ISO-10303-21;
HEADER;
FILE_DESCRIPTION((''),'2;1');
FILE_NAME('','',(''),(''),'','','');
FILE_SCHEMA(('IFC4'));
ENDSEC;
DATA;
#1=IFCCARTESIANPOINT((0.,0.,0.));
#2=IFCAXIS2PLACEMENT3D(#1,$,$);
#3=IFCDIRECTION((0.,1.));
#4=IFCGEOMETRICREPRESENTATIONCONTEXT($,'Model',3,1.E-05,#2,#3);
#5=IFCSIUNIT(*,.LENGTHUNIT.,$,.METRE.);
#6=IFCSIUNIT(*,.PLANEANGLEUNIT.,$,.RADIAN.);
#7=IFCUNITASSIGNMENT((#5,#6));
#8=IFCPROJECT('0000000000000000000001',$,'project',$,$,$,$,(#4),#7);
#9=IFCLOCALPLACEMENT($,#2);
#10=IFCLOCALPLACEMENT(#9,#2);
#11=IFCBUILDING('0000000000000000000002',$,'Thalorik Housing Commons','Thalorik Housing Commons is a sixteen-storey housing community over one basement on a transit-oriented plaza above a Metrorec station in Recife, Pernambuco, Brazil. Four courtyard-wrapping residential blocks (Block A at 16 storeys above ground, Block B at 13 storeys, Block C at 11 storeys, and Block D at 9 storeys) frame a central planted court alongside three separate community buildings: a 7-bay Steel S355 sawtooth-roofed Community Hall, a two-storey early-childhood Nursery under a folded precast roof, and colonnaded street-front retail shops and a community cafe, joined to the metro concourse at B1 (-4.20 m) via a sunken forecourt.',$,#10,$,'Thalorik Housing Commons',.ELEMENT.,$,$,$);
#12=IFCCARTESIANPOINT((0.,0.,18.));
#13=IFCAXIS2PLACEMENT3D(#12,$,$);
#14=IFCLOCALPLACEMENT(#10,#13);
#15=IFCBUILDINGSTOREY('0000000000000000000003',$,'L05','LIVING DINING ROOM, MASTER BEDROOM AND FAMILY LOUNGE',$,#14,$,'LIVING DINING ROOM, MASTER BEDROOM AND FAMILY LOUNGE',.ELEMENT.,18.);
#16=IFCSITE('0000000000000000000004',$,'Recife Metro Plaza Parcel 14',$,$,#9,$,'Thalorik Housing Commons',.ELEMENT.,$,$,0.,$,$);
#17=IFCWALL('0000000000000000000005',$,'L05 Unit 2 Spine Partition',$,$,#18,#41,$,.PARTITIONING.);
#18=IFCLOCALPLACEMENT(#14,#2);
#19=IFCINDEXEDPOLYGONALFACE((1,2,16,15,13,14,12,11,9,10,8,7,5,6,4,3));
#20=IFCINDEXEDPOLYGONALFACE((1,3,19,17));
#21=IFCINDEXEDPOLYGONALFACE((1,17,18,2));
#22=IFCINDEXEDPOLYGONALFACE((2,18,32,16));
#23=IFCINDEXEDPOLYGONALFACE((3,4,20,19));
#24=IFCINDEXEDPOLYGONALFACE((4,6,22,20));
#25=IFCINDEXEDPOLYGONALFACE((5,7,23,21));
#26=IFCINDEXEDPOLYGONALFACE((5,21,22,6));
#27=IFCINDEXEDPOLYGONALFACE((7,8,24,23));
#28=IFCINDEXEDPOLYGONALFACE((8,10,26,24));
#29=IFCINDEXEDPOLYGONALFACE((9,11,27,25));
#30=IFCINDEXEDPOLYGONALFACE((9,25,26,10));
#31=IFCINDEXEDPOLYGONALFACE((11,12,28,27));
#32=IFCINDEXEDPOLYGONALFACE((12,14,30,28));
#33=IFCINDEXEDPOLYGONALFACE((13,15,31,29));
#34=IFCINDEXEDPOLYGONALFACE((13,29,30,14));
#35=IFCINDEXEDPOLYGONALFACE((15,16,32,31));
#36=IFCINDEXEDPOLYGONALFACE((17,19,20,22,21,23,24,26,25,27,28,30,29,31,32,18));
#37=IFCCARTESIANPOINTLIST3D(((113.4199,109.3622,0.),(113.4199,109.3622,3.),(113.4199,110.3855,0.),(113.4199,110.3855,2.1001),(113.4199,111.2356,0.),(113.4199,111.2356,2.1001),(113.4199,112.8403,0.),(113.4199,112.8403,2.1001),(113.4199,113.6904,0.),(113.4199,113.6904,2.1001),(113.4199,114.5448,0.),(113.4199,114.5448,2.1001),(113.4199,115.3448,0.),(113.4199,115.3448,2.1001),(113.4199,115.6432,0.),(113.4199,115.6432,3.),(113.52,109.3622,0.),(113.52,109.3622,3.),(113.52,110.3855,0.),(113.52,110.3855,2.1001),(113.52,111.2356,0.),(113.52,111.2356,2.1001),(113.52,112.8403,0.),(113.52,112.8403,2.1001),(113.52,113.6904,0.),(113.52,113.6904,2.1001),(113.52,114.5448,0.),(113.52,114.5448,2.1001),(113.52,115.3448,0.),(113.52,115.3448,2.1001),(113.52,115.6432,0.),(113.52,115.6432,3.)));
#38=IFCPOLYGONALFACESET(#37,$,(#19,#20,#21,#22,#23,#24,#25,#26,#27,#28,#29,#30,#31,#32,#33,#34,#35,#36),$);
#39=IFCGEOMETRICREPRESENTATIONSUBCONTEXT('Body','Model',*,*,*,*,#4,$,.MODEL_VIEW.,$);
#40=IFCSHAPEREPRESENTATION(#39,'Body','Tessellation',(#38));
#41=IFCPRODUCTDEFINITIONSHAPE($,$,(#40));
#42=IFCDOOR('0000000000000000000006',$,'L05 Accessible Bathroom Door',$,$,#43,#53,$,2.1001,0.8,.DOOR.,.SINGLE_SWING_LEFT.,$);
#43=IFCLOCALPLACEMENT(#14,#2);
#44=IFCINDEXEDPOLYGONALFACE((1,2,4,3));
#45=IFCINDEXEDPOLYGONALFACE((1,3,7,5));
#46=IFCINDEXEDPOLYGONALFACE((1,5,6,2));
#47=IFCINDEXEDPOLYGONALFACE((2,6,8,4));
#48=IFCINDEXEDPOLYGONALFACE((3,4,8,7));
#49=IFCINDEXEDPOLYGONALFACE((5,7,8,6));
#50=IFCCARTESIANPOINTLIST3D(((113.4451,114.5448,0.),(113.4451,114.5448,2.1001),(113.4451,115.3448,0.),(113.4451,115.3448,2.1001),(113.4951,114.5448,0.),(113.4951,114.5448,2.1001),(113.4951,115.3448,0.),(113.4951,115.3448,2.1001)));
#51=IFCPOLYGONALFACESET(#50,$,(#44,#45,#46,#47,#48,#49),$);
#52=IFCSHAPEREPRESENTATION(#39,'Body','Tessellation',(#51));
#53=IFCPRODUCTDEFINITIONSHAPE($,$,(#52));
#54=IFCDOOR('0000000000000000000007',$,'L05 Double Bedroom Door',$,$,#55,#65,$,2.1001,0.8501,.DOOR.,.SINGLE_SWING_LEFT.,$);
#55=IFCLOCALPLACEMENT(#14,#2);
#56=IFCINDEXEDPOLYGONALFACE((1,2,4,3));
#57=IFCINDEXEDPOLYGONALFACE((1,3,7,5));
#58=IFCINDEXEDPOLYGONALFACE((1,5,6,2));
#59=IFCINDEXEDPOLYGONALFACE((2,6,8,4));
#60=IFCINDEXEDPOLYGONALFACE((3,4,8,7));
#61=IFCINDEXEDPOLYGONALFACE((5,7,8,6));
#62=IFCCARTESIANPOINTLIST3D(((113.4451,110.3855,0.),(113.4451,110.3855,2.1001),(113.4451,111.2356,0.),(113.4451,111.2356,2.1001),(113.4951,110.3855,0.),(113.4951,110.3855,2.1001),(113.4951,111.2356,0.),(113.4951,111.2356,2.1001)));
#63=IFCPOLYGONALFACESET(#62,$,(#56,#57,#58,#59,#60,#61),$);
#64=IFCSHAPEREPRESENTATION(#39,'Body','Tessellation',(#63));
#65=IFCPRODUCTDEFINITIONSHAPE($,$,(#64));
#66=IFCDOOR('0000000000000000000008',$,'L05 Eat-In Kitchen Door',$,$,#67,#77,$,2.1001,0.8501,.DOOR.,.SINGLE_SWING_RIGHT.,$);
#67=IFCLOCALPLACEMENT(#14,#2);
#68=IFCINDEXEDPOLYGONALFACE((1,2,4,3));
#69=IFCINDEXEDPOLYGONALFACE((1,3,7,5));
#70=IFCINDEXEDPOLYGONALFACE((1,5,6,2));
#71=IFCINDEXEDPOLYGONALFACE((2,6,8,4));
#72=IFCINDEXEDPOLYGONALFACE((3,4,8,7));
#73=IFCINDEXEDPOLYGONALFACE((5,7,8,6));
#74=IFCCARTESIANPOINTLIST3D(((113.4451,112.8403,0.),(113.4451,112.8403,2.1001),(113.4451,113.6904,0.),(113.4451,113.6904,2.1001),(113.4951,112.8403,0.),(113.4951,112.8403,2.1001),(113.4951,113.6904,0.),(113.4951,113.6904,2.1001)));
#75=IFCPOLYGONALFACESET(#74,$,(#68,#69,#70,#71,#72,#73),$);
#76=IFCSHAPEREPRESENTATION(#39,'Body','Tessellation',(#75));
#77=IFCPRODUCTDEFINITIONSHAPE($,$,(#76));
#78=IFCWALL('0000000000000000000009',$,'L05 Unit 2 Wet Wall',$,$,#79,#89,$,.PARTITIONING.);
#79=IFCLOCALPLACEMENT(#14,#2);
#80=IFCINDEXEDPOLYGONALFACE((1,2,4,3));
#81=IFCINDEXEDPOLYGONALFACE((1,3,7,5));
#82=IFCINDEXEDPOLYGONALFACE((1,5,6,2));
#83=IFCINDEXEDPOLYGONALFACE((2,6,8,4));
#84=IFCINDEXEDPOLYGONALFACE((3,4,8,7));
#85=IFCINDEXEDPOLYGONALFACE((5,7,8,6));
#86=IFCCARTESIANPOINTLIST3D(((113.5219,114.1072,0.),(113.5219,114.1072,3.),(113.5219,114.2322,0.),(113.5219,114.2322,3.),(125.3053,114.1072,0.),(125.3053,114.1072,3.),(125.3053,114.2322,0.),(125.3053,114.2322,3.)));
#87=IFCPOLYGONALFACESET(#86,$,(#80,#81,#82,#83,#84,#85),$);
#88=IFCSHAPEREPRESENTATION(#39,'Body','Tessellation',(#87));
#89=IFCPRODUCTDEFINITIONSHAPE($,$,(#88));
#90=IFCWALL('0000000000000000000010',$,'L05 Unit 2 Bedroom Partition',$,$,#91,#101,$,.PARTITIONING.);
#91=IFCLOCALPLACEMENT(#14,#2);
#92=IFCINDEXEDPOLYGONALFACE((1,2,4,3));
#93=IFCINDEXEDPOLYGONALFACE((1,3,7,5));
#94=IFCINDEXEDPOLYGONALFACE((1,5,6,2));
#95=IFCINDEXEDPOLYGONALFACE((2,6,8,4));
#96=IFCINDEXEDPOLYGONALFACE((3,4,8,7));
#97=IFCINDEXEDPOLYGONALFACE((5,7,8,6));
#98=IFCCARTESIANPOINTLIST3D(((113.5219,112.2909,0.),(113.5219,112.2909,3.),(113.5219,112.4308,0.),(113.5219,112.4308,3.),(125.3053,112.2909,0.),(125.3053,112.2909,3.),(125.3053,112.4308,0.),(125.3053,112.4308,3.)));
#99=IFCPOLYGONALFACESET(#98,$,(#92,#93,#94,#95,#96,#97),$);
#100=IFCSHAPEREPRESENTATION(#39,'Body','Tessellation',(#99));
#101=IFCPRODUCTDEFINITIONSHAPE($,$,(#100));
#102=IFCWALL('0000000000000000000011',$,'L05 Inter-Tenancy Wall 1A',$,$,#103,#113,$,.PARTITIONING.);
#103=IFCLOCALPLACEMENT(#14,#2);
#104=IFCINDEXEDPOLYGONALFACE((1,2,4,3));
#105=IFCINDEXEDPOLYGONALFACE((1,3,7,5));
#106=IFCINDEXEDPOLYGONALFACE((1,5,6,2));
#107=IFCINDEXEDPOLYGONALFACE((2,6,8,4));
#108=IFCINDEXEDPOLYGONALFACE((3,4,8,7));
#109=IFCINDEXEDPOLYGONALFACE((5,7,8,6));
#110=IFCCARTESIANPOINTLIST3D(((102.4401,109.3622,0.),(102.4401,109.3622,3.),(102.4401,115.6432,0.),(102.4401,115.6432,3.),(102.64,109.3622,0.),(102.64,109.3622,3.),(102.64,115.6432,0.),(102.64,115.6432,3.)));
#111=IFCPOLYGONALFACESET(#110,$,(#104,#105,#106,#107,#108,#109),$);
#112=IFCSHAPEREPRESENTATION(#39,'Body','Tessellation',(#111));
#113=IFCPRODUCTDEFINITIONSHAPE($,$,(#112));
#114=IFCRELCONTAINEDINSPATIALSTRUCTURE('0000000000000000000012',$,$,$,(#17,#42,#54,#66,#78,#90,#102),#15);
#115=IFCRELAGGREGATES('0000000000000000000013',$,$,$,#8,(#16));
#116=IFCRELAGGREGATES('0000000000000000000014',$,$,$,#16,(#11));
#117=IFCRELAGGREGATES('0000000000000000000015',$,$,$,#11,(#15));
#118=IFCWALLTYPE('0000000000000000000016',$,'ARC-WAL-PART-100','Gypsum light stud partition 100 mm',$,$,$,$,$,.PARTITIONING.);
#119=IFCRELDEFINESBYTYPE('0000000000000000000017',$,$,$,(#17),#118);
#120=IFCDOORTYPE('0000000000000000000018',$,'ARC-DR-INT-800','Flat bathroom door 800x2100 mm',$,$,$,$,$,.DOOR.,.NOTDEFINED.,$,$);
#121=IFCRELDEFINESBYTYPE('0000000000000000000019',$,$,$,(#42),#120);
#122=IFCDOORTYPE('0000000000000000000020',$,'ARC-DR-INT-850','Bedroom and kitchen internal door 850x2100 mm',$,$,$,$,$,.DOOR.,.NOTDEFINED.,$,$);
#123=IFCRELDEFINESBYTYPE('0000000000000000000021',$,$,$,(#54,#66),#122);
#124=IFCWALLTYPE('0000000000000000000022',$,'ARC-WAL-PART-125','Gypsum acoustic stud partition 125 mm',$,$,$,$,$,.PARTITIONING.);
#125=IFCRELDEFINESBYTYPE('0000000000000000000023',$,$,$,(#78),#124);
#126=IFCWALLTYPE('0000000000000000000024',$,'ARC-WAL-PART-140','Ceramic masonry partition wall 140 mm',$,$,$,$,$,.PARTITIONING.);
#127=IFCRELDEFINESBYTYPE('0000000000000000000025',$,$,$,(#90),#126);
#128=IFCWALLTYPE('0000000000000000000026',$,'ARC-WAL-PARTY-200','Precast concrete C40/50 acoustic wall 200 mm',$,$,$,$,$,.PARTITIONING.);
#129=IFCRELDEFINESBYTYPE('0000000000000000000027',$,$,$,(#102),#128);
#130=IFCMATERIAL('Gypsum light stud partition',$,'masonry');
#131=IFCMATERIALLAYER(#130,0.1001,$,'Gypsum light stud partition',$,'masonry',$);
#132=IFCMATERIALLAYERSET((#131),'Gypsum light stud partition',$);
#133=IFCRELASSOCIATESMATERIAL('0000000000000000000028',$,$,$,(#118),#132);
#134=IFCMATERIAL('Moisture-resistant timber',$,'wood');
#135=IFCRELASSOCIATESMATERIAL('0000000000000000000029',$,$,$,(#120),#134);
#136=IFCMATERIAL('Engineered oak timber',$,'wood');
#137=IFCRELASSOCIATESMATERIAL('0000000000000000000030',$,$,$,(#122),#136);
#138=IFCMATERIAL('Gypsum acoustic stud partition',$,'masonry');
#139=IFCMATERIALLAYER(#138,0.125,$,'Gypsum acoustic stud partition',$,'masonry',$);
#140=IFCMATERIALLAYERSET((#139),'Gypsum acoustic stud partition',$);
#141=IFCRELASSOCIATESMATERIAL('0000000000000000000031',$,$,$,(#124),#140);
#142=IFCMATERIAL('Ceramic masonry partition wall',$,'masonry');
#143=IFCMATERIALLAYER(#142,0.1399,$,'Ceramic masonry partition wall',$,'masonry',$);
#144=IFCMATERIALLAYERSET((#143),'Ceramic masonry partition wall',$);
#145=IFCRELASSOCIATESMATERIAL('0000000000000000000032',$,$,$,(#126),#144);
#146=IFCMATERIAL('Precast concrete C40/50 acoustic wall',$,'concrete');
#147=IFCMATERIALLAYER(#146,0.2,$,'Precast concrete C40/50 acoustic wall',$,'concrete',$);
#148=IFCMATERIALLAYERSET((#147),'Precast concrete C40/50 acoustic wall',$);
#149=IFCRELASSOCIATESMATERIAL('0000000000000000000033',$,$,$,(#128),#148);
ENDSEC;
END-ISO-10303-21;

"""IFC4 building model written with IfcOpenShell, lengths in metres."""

from ifc_helpers import new_model, si_unit, direction, frame, frame_2d, origin, place, context, subcontext, project, spatial, rectangle, extrude, material, layer, layer_set, type_object, element, fill, save


model = new_model("IFC4")

# Units and contexts
model_context = context("Model", 3, precision=1e-05, world=origin(), true_north=direction((0.0, 1.0)))
body_context = subcontext(model_context, "Body", "Model", "MODEL_VIEW")
ifc_project = project(units=[si_unit("LENGTHUNIT", "METRE"), si_unit("PLANEANGLEUNIT", "RADIAN")], contexts=[model_context])

# Site, building, storey
site_placement = place(None, origin())
site = spatial("IfcSite", under=ifc_project, at=site_placement, Name="Recife Metro Plaza Parcel 14", LongName="Thalorik Housing Commons", CompositionType="ELEMENT", RefElevation=0.0)
building_placement = place(site_placement, origin())
building = spatial("IfcBuilding", under=site, at=building_placement, Name="Thalorik Housing Commons", Description="Thalorik Housing Commons is a sixteen-storey housing community over one basement on a transit-oriented plaza above a Metrorec station in Recife, Pernambuco, Brazil. Four courtyard-wrapping residential blocks (Block A at 16 storeys above ground, Block B at 13 storeys, Block C at 11 storeys, and Block D at 9 storeys) frame a central planted court alongside three separate community buildings: a 7-bay Steel S355 sawtooth-roofed Community Hall, a two-storey early-childhood Nursery under a folded precast roof, and colonnaded street-front retail shops and a community cafe, joined to the metro concourse at B1 (-4.20 m) via a sunken forecourt.", LongName="Thalorik Housing Commons", CompositionType="ELEMENT")
storey_placement = place(building_placement, frame((0.0, 0.0, 18.0)))
storey = spatial("IfcBuildingStorey", under=building, at=storey_placement, Name="L05", Description="LIVING DINING ROOM, MASTER BEDROOM AND FAMILY LOUNGE", LongName="LIVING DINING ROOM, MASTER BEDROOM AND FAMILY LOUNGE", CompositionType="ELEMENT", Elevation=18.0)

# Wall, openings, doors
ifc_material_1 = material(Name="Gypsum light stud partition", Category="masonry")
ifc_layer_1 = layer(ifc_material_1, 0.1001, Name="Gypsum light stud partition", Category="masonry")
ifc_layer_set_1 = layer_set([ifc_layer_1], Name="Gypsum light stud partition")
wall_type_1 = type_object("IfcWallType", Name="ARC-WAL-PART-100", Description="Gypsum light stud partition 100 mm", PredefinedType="PARTITIONING", material=ifc_layer_set_1)
wall_1_placement = place(storey_placement, frame((113.47, 109.3621, 0.0), z_axis=(0.0, 0.0, 1.0), x_axis=(0.0, 1.0, 0.0)))
wall_1 = element("IfcWall", 1, at=wall_1_placement, inside=storey, type_object=wall_type_1, Name="L05 Unit 2 Spine Partition", PredefinedType="PARTITIONING", context=body_context, shape_type="SweptSolid", body=[
    extrude(rectangle(XDim=6.281, YDim=0.1001, at=frame_2d((3.1406, 0.0))), origin(), (0.0, 0.0, 1.0), 3.0),
])
opening_1_placement = place(wall_1_placement, frame((1.0234, 0.0, 0.0)))
opening_1 = element("IfcOpeningElement", 2, at=opening_1_placement, cuts=wall_1, PredefinedType="OPENING", context=body_context, shape_type="SweptSolid", body=[
    extrude(rectangle(XDim=0.8501, YDim=2.1001, at=frame_2d((0.425, 1.05))), frame((0.0, 0.0601, 0.0), z_axis=(0.0, -1.0, 0.0), x_axis=(1.0, 0.0, 0.0)), (0.0, 0.0, 1.0), 0.1201),
])
opening_2_placement = place(wall_1_placement, frame((3.4783, 0.0, 0.0)))
opening_2 = element("IfcOpeningElement", 3, at=opening_2_placement, cuts=wall_1, PredefinedType="OPENING", context=body_context, shape_type="SweptSolid", body=[
    extrude(rectangle(XDim=0.8501, YDim=2.1001, at=frame_2d((0.425, 1.05))), frame((0.0, 0.0601, 0.0), z_axis=(0.0, -1.0, 0.0), x_axis=(1.0, 0.0, 0.0)), (0.0, 0.0, 1.0), 0.1201),
])
opening_3_placement = place(wall_1_placement, frame((5.1829, 0.0, 0.0)))
opening_3 = element("IfcOpeningElement", 4, at=opening_3_placement, cuts=wall_1, PredefinedType="OPENING", context=body_context, shape_type="SweptSolid", body=[
    extrude(rectangle(XDim=0.8, YDim=2.1001, at=frame_2d((0.3999, 1.05))), frame((0.0, 0.0601, 0.0), z_axis=(0.0, -1.0, 0.0), x_axis=(1.0, 0.0, 0.0)), (0.0, 0.0, 1.0), 0.1201),
])
ifc_material_2 = material(Name="Moisture-resistant timber", Category="wood")
door_type_1 = type_object("IfcDoorType", Name="ARC-DR-INT-800", Description="Flat bathroom door 800x2100 mm", OperationType="NOTDEFINED", PredefinedType="DOOR", material=ifc_material_2)
door_1_placement = place(opening_3_placement, origin())
door_1 = element("IfcDoor", 5, at=door_1_placement, inside=storey, type_object=door_type_1, Name="L05 Accessible Bathroom Door", OperationType="SINGLE_SWING_LEFT", OverallHeight=2.1001, OverallWidth=0.8, PredefinedType="DOOR", context=body_context, shape_type="SweptSolid", body=[
    extrude(rectangle(XDim=0.8, YDim=2.1001, at=frame_2d((0.3999, 1.05))), frame((0.0, 0.0249, 0.0), z_axis=(0.0, -1.0, 0.0), x_axis=(1.0, 0.0, 0.0)), (0.0, 0.0, 1.0), 0.05),
])
fill(opening_3, door_1)
ifc_material_3 = material(Name="Engineered oak timber", Category="wood")
door_type_2 = type_object("IfcDoorType", Name="ARC-DR-INT-850", Description="Bedroom and kitchen internal door 850x2100 mm", OperationType="NOTDEFINED", PredefinedType="DOOR", material=ifc_material_3)
door_2_placement = place(opening_1_placement, origin())
door_2 = element("IfcDoor", 6, at=door_2_placement, inside=storey, type_object=door_type_2, Name="L05 Double Bedroom Door", OperationType="SINGLE_SWING_LEFT", OverallHeight=2.1001, OverallWidth=0.8501, PredefinedType="DOOR", context=body_context, shape_type="SweptSolid", body=[
    extrude(rectangle(XDim=0.8501, YDim=2.1001, at=frame_2d((0.425, 1.05))), frame((0.0, 0.0249, 0.0), z_axis=(0.0, -1.0, 0.0), x_axis=(1.0, 0.0, 0.0)), (0.0, 0.0, 1.0), 0.05),
])
fill(opening_1, door_2)
door_3_placement = place(opening_2_placement, origin())
door_3 = element("IfcDoor", 7, at=door_3_placement, inside=storey, type_object=door_type_2, Name="L05 Eat-In Kitchen Door", OperationType="SINGLE_SWING_RIGHT", OverallHeight=2.1001, OverallWidth=0.8501, PredefinedType="DOOR", context=body_context, shape_type="SweptSolid", body=[
    extrude(rectangle(XDim=0.8501, YDim=2.1001, at=frame_2d((0.425, 1.05))), frame((0.0, 0.0249, 0.0), z_axis=(0.0, -1.0, 0.0), x_axis=(1.0, 0.0, 0.0)), (0.0, 0.0, 1.0), 0.05),
])
fill(opening_2, door_3)

# Walls
ifc_material_4 = material(Name="Gypsum acoustic stud partition", Category="masonry")
ifc_layer_2 = layer(ifc_material_4, 0.125, Name="Gypsum acoustic stud partition", Category="masonry")
ifc_layer_set_2 = layer_set([ifc_layer_2], Name="Gypsum acoustic stud partition")
wall_type_2 = type_object("IfcWallType", Name="ARC-WAL-PART-125", Description="Gypsum acoustic stud partition 125 mm", PredefinedType="PARTITIONING", material=ifc_layer_set_2)
wall_2_placement = place(storey_placement, frame((113.522, 114.1697, 0.0), z_axis=(0.0, 0.0, 1.0), x_axis=(1.0, 0.0, 0.0)))
element("IfcWall", 8, at=wall_2_placement, inside=storey, type_object=wall_type_2, Name="L05 Unit 2 Wet Wall", PredefinedType="PARTITIONING", context=body_context, shape_type="SweptSolid", body=[
    extrude(rectangle(XDim=11.7834, YDim=0.125, at=frame_2d((5.8916, 0.0))), origin(), (0.0, 0.0, 1.0), 3.0),
])
ifc_material_5 = material(Name="Ceramic masonry partition wall", Category="masonry")
ifc_layer_3 = layer(ifc_material_5, 0.1399, Name="Ceramic masonry partition wall", Category="masonry")
ifc_layer_set_3 = layer_set([ifc_layer_3], Name="Ceramic masonry partition wall")
wall_type_3 = type_object("IfcWallType", Name="ARC-WAL-PART-140", Description="Ceramic masonry partition wall 140 mm", PredefinedType="PARTITIONING", material=ifc_layer_set_3)
wall_3_placement = place(storey_placement, frame((113.522, 112.3608, 0.0), z_axis=(0.0, 0.0, 1.0), x_axis=(1.0, 0.0, 0.0)))
element("IfcWall", 9, at=wall_3_placement, inside=storey, type_object=wall_type_3, Name="L05 Unit 2 Bedroom Partition", PredefinedType="PARTITIONING", context=body_context, shape_type="SweptSolid", body=[
    extrude(rectangle(XDim=11.7834, YDim=0.1399, at=frame_2d((5.8916, 0.0))), origin(), (0.0, 0.0, 1.0), 3.0),
])
ifc_material_6 = material(Name="Precast concrete C40/50 acoustic wall", Category="concrete")
ifc_layer_4 = layer(ifc_material_6, 0.2, Name="Precast concrete C40/50 acoustic wall", Category="concrete")
ifc_layer_set_4 = layer_set([ifc_layer_4], Name="Precast concrete C40/50 acoustic wall")
wall_type_4 = type_object("IfcWallType", Name="ARC-WAL-PARTY-200", Description="Precast concrete C40/50 acoustic wall 200 mm", PredefinedType="PARTITIONING", material=ifc_layer_set_4)
wall_4_placement = place(storey_placement, frame((102.54, 109.3621, 0.0), z_axis=(0.0, 0.0, 1.0), x_axis=(0.0, 1.0, 0.0)))
element("IfcWall", 10, at=wall_4_placement, inside=storey, type_object=wall_type_4, Name="L05 Inter-Tenancy Wall 1A", PredefinedType="PARTITIONING", context=body_context, shape_type="SweptSolid", body=[
    extrude(rectangle(XDim=6.281, YDim=0.2, at=frame_2d((3.1406, 0.0))), origin(), (0.0, 0.0, 1.0), 3.0),
])

save(model, "model.ifc")
